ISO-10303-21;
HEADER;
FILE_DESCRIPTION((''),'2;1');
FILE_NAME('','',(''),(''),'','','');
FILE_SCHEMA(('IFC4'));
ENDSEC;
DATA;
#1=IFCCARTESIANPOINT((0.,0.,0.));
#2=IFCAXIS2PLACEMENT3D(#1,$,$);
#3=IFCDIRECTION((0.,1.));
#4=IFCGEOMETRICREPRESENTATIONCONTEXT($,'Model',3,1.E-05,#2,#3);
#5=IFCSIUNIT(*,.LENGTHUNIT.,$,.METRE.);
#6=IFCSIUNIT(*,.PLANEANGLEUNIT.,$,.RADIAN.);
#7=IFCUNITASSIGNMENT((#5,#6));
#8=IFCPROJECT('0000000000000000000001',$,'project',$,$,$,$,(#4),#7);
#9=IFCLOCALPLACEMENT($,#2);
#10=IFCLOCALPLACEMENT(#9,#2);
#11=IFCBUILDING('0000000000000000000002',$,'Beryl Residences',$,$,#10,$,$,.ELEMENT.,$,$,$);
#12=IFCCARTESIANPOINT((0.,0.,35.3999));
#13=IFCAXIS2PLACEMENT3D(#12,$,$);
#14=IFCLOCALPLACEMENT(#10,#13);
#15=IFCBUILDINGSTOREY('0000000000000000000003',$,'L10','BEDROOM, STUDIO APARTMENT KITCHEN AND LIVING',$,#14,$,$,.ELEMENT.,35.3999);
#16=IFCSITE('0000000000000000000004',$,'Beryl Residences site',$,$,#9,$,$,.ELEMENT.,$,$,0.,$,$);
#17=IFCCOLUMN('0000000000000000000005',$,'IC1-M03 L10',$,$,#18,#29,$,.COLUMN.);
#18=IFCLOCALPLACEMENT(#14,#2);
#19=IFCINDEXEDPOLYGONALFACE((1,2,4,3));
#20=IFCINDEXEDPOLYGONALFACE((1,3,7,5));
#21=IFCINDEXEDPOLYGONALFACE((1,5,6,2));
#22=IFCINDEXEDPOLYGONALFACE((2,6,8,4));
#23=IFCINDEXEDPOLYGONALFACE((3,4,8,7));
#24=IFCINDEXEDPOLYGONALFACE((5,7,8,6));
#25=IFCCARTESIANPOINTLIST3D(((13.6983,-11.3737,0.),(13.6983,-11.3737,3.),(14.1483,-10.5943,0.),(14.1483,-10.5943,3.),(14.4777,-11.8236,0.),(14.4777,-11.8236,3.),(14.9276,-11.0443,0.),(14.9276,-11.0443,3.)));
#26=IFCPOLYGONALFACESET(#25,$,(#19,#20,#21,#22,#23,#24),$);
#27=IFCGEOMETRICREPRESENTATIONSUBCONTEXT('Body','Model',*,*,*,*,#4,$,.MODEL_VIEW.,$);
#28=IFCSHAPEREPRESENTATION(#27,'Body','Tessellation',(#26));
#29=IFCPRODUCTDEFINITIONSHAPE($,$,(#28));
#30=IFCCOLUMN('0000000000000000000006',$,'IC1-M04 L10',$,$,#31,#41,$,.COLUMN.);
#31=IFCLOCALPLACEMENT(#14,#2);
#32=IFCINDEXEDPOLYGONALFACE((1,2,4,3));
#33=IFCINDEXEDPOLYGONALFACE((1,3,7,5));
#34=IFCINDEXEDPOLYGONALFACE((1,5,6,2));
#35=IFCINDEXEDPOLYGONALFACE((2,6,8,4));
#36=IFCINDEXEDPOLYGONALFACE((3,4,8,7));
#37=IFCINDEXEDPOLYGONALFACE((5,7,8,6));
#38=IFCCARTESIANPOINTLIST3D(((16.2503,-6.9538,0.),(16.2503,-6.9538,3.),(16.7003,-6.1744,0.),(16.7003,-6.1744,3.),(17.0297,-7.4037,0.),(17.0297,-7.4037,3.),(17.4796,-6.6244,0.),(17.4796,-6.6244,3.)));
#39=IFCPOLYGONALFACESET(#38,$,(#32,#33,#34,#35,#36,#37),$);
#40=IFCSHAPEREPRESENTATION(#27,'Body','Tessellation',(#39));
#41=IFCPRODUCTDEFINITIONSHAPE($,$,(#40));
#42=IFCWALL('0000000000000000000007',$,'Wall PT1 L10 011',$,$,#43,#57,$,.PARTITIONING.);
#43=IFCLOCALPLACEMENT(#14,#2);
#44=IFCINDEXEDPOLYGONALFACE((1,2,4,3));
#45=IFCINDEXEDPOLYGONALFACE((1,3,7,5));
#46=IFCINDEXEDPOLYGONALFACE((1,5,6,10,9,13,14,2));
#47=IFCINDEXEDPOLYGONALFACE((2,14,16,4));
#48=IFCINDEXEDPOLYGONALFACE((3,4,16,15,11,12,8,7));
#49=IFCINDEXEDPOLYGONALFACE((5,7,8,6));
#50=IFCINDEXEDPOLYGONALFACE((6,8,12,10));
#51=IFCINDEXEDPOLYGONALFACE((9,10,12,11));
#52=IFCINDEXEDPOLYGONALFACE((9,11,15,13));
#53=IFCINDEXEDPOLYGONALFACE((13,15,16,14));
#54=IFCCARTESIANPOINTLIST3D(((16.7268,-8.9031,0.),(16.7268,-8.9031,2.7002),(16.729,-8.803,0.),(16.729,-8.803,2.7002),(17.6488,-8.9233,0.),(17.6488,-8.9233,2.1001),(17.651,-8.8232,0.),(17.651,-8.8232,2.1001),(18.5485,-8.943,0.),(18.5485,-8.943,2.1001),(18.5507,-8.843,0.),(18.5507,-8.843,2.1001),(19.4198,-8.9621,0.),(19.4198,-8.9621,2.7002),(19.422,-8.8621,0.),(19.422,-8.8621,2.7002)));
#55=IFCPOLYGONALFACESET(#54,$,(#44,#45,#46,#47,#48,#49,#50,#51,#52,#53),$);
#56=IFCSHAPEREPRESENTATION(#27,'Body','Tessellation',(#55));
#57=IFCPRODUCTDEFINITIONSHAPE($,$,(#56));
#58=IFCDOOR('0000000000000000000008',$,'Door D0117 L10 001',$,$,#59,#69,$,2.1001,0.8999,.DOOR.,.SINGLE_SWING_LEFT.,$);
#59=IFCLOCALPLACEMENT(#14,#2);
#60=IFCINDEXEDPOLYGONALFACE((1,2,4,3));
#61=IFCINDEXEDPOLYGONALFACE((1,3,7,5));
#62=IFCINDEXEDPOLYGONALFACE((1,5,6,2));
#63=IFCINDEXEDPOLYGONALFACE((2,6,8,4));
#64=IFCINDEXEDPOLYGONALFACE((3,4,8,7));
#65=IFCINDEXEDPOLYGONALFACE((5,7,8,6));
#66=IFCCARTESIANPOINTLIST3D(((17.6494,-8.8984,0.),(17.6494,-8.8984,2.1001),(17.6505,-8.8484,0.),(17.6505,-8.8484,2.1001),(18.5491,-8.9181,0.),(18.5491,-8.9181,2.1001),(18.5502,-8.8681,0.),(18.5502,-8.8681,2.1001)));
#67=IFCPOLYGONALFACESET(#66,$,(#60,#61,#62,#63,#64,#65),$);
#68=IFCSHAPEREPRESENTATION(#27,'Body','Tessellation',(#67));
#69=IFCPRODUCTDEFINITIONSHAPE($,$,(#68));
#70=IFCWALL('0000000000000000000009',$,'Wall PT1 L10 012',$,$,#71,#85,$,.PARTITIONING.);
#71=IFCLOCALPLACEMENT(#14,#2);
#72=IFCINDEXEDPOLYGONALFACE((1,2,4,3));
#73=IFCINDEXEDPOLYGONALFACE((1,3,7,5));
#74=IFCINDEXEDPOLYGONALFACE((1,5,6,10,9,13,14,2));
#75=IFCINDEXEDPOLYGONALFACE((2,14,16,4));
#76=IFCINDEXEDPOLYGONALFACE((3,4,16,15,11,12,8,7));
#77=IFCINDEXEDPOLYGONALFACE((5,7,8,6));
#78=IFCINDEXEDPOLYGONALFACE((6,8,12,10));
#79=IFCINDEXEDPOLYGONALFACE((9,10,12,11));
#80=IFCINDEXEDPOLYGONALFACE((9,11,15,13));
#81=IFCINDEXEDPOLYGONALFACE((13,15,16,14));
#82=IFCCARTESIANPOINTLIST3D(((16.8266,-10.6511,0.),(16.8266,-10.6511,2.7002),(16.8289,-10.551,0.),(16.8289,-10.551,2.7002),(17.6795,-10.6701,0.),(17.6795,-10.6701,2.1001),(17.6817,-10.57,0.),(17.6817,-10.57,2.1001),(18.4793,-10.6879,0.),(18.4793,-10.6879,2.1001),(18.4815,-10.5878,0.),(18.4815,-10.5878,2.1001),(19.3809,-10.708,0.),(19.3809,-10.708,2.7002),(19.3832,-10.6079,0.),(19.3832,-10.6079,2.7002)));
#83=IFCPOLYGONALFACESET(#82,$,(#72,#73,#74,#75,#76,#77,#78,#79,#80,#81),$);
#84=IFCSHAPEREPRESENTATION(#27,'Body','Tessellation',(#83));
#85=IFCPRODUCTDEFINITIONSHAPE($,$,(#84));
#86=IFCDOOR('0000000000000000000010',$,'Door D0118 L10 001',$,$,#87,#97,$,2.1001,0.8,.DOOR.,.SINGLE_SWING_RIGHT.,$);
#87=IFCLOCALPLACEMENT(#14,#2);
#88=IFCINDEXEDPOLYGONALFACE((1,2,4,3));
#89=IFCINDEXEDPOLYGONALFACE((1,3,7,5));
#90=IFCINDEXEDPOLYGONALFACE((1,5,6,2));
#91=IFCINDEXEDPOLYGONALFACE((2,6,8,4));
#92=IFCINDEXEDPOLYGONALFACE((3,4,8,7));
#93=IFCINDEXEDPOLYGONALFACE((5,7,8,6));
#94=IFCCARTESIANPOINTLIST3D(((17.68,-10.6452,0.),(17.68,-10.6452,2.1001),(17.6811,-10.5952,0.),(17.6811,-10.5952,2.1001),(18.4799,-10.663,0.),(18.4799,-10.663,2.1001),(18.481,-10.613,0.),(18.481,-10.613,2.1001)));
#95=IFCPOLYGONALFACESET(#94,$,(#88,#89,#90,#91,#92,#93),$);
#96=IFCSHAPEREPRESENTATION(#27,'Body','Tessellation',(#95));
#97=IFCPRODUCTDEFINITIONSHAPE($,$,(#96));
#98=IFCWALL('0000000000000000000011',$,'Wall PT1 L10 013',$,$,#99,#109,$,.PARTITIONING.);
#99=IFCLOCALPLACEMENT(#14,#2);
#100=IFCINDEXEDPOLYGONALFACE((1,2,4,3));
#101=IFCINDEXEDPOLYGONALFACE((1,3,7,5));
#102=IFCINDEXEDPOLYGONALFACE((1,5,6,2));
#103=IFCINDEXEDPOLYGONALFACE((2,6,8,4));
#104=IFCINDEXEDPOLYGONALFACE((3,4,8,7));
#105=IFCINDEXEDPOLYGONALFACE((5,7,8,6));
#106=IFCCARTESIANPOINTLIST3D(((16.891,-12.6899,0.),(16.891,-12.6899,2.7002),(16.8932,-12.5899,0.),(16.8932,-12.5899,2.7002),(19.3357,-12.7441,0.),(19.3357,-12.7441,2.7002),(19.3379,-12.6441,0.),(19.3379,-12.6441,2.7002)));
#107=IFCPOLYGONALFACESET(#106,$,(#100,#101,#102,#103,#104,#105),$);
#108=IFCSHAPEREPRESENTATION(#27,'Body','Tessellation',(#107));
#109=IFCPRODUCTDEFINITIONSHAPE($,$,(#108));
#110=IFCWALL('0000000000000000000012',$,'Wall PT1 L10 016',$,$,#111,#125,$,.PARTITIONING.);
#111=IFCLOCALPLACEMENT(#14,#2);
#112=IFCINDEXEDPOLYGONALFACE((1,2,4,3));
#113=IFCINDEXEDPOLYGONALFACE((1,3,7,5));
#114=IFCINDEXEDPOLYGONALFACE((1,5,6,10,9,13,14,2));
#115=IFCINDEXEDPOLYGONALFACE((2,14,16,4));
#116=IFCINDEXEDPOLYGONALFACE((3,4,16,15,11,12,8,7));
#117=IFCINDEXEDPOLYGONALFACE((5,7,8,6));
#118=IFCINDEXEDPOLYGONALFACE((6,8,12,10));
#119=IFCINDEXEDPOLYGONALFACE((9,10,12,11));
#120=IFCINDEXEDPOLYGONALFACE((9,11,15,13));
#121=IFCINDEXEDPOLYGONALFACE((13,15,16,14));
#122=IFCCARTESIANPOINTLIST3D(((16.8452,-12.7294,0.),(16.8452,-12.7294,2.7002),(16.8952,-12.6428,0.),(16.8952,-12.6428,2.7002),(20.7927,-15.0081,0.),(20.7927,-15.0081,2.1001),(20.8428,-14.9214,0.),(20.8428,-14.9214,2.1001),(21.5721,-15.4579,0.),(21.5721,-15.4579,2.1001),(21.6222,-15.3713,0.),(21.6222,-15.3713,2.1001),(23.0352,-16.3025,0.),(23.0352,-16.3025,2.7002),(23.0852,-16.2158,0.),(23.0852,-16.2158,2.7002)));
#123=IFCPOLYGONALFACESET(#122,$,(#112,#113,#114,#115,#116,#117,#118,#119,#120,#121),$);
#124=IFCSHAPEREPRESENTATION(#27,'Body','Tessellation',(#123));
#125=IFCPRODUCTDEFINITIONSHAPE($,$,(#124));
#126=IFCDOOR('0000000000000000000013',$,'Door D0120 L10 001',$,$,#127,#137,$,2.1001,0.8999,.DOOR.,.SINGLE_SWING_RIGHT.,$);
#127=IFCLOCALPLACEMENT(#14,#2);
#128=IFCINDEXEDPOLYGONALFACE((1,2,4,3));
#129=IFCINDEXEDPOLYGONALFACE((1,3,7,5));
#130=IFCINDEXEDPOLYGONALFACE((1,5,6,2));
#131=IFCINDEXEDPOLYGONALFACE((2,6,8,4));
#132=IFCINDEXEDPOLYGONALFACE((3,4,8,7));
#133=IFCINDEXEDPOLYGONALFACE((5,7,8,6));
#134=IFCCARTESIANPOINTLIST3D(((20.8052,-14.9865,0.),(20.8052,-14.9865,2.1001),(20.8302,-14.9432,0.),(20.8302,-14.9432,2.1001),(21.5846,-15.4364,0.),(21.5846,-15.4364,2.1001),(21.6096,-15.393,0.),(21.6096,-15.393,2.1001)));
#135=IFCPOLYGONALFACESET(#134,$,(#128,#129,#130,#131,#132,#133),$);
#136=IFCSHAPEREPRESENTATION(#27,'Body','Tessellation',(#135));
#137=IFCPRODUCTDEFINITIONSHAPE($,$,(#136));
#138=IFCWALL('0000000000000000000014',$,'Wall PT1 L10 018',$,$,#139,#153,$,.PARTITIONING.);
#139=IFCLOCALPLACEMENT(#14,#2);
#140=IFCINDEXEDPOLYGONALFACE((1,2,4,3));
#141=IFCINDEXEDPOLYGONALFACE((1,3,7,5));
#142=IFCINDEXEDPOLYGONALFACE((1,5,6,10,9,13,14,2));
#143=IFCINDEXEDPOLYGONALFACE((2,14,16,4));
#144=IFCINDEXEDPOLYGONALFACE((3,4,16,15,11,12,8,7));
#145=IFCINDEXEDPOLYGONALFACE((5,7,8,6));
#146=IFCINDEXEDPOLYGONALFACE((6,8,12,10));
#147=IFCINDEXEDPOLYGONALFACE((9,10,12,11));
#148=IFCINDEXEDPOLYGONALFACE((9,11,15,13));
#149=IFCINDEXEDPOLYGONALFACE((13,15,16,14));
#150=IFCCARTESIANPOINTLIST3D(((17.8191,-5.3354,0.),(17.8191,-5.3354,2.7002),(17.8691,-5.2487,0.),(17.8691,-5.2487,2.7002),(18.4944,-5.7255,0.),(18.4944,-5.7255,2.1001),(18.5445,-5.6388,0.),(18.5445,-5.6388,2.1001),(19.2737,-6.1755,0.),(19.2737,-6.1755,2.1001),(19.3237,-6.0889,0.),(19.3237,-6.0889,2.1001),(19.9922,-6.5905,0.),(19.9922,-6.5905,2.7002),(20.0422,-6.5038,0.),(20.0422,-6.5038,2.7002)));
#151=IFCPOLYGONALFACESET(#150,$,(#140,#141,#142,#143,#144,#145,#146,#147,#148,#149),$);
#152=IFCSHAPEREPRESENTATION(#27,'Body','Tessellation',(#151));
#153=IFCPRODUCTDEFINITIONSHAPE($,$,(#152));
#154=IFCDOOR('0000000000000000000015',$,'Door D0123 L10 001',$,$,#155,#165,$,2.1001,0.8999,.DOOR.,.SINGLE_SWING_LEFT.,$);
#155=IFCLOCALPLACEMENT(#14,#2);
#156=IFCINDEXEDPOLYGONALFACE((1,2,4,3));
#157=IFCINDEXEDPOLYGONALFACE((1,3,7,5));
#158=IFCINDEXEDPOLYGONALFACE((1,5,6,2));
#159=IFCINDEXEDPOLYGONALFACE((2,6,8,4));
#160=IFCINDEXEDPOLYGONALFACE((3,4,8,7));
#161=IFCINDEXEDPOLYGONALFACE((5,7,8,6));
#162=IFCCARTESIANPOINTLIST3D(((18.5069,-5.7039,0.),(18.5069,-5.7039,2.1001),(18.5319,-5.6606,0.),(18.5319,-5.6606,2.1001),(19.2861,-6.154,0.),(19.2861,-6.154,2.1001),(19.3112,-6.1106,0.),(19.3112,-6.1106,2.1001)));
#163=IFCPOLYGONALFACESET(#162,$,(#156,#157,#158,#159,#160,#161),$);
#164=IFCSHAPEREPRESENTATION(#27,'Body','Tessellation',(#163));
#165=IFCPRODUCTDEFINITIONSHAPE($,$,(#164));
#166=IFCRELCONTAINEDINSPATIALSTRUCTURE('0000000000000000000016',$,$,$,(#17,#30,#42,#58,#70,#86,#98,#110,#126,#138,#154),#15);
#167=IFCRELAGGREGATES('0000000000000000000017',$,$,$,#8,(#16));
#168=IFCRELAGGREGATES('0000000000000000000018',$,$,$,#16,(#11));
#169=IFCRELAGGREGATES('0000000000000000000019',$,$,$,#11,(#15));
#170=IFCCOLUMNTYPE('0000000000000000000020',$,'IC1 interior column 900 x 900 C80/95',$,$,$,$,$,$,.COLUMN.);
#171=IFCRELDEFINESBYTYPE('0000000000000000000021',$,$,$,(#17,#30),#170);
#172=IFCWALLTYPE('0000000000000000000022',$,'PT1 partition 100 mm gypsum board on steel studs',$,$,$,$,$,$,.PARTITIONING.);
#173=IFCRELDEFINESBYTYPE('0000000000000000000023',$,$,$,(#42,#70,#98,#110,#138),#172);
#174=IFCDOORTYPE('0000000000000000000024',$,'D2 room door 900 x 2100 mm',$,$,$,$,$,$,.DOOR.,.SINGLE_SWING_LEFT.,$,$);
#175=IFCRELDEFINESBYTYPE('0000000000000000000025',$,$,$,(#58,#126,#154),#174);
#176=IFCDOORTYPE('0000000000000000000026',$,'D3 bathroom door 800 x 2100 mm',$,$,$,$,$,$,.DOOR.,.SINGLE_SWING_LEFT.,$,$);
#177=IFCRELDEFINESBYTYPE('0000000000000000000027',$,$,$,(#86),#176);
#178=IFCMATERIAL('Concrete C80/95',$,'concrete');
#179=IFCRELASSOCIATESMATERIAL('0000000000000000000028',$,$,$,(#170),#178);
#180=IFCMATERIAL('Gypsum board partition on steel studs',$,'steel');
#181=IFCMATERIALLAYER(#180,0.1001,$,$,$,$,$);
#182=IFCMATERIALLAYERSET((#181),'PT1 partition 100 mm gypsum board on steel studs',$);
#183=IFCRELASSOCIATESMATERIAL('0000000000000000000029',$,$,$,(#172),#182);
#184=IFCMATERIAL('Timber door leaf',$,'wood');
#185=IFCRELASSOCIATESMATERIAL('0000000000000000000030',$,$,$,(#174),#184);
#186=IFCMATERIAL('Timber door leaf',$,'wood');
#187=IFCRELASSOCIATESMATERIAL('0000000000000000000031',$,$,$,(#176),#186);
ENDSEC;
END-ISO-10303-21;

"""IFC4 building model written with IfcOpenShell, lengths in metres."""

from ifc_helpers import new_model, si_unit, direction, frame, frame_2d, origin, origin_2d, place, context, subcontext, project, spatial, rectangle, extrude, material, layer, layer_set, material_profile, profile_set, type_object, element, fill, save


model = new_model("IFC4")

# Units and contexts
model_context = context("Model", 3, precision=1e-05, world=origin(), true_north=direction((0.0, 1.0)))
body_context = subcontext(model_context, "Body", "Model", "MODEL_VIEW")
ifc_project = project(units=[si_unit("LENGTHUNIT", "METRE"), si_unit("PLANEANGLEUNIT", "RADIAN")], contexts=[model_context])

# Site, building, storey
site_placement = place(None, origin())
site = spatial("IfcSite", under=ifc_project, at=site_placement, Name="Beryl Residences site", CompositionType="ELEMENT", RefElevation=0.0)
building_placement = place(site_placement, origin())
building = spatial("IfcBuilding", under=site, at=building_placement, Name="Beryl Residences", CompositionType="ELEMENT")
storey_placement = place(building_placement, frame((0.0, 0.0, 35.3999)))
storey = spatial("IfcBuildingStorey", under=building, at=storey_placement, Name="L10", Description="BEDROOM, STUDIO APARTMENT KITCHEN AND LIVING", CompositionType="ELEMENT", Elevation=35.3999)

# Columns
ifc_material_1 = material(Name="Concrete C80/95", Category="concrete")
ifc_material_profile = material_profile(ifc_material_1, rectangle(XDim=0.8999, YDim=0.8999, at=origin_2d()))
ifc_profile_set = profile_set([ifc_material_profile], Name="Concrete C80/95")
column_type = type_object("IfcColumnType", Name="IC1 interior column 900 x 900 C80/95", PredefinedType="COLUMN", material=ifc_profile_set)
for number, where, z_axis, x_axis, name in (
    (1, (14.313, -11.209, 0.0), (0.0, 0.0, 1.0), (0.499985, 0.866034, 0.0), "IC1-M03 L10"),
    (2, (16.865, -6.7891, 0.0), (0.0, 0.0, 1.0), (0.499985, 0.866034, 0.0), "IC1-M04 L10"),
):
    element("IfcColumn", number, at=place(storey_placement, frame(where, z_axis=z_axis, x_axis=x_axis)), inside=storey, type_object=column_type, Name=name, PredefinedType="COLUMN", context=body_context, shape_type="SweptSolid", body=[
        extrude(rectangle(XDim=0.8999, YDim=0.8999, at=origin_2d()), origin(), (0.0, 0.0, 1.0), 3.0),
    ])

# Walls, openings, doors
ifc_material_2 = material(Name="Gypsum board partition on steel studs", Category="steel")
ifc_layer_1 = layer(ifc_material_2, 0.1001)
ifc_layer_set_1 = layer_set([ifc_layer_1], Name="PT1 partition 100 mm gypsum board on steel studs")
wall_type_1 = type_object("IfcWallType", Name="PT1 partition 100 mm gypsum board on steel studs", PredefinedType="PARTITIONING", material=ifc_layer_set_1)
wall_1_placement = place(storey_placement, frame((16.728, -8.853, 0.0), z_axis=(0.0, 0.0, 1.0), x_axis=(0.999759, -0.021935, 0.0)))
wall_1 = element("IfcWall", 3, at=wall_1_placement, inside=storey, type_object=wall_type_1, Name="Wall PT1 L10 011", PredefinedType="PARTITIONING", context=body_context, shape_type="SweptSolid", body=[
    extrude(rectangle(XDim=2.6936, YDim=0.1001, at=frame_2d((1.3467, 0.0))), origin(), (0.0, 0.0, 1.0), 2.7002),
])
opening_1_placement = place(wall_1_placement, frame((0.9221, 0.0, 0.0)))
opening_1 = element("IfcOpeningElement", 4, at=opening_1_placement, cuts=wall_1, PredefinedType="OPENING", context=body_context, shape_type="SweptSolid", body=[
    extrude(rectangle(XDim=0.8999, YDim=2.1001, at=frame_2d((0.45, 1.05))), frame((0.0, 0.0601, 0.0), z_axis=(0.0, -1.0, 0.0), x_axis=(1.0, 0.0, 0.0)), (0.0, 0.0, 1.0), 0.1201),
])
ifc_material_3 = material(Name="Timber door leaf", Category="wood")
door_type_1 = type_object("IfcDoorType", Name="D2 room door 900 x 2100 mm", OperationType="SINGLE_SWING_LEFT", PredefinedType="DOOR", material=ifc_material_3)
door_1_placement = place(opening_1_placement, origin())
door_1 = element("IfcDoor", 5, at=door_1_placement, inside=storey, type_object=door_type_1, Name="Door D0117 L10 001", OperationType="SINGLE_SWING_LEFT", OverallHeight=2.1001, OverallWidth=0.8999, PredefinedType="DOOR", context=body_context, shape_type="SweptSolid", body=[
    extrude(rectangle(XDim=0.8999, YDim=2.1001, at=frame_2d((0.45, 1.05))), frame((0.0, 0.0249, 0.0), z_axis=(0.0, -1.0, 0.0), x_axis=(1.0, 0.0, 0.0)), (0.0, 0.0, 1.0), 0.05),
])
fill(opening_1, door_1)
wall_2_placement = place(storey_placement, frame((16.8279, -10.6011, 0.0), z_axis=(0.0, 0.0, 1.0), x_axis=(0.999752, -0.022266, 0.0)))
wall_2 = element("IfcWall", 6, at=wall_2_placement, inside=storey, type_object=wall_type_1, Name="Wall PT1 L10 012", PredefinedType="PARTITIONING", context=body_context, shape_type="SweptSolid", body=[
    extrude(rectangle(XDim=2.5549, YDim=0.1001, at=frame_2d((1.2773, 0.0))), origin(), (0.0, 0.0, 1.0), 2.7002),
])
opening_2_placement = place(wall_2_placement, frame((0.853, 0.0, 0.0)))
opening_2 = element("IfcOpeningElement", 7, at=opening_2_placement, cuts=wall_2, PredefinedType="OPENING", context=body_context, shape_type="SweptSolid", body=[
    extrude(rectangle(XDim=0.8, YDim=2.1001, at=frame_2d((0.3999, 1.05))), frame((0.0, 0.0601, 0.0), z_axis=(0.0, -1.0, 0.0), x_axis=(1.0, 0.0, 0.0)), (0.0, 0.0, 1.0), 0.1201),
])
ifc_material_4 = material(Name="Timber door leaf", Category="wood")
door_type_2 = type_object("IfcDoorType", Name="D3 bathroom door 800 x 2100 mm", OperationType="SINGLE_SWING_LEFT", PredefinedType="DOOR", material=ifc_material_4)
door_2_placement = place(opening_2_placement, origin())
door_2 = element("IfcDoor", 8, at=door_2_placement, inside=storey, type_object=door_type_2, Name="Door D0118 L10 001", OperationType="SINGLE_SWING_RIGHT", OverallHeight=2.1001, OverallWidth=0.8, PredefinedType="DOOR", context=body_context, shape_type="SweptSolid", body=[
    extrude(rectangle(XDim=0.8, YDim=2.1001, at=frame_2d((0.3999, 1.05))), frame((0.0, 0.0249, 0.0), z_axis=(0.0, -1.0, 0.0), x_axis=(1.0, 0.0, 0.0)), (0.0, 0.0, 1.0), 0.05),
])
fill(opening_2, door_2)

# Wall
wall_3_placement = place(storey_placement, frame((16.8921, -12.6399, 0.0), z_axis=(0.0, 0.0, 1.0), x_axis=(0.999754, -0.022164, 0.0)))
element("IfcWall", 9, at=wall_3_placement, inside=storey, type_object=wall_type_1, Name="Wall PT1 L10 013", PredefinedType="PARTITIONING", context=body_context, shape_type="SweptSolid", body=[
    extrude(rectangle(XDim=2.4453, YDim=0.1001, at=frame_2d((1.2227, 0.0))), origin(), (0.0, 0.0, 1.0), 2.7002),
])

# Walls, openings, doors
wall_4_placement = place(storey_placement, frame((16.8701, -12.686, 0.0), z_axis=(0.0, 0.0, 1.0), x_axis=(0.866072, -0.49992, 0.0)))
wall_4 = element("IfcWall", 10, at=wall_4_placement, inside=storey, type_object=wall_type_1, Name="Wall PT1 L10 016", PredefinedType="PARTITIONING", context=body_context, shape_type="SweptSolid", body=[
    extrude(rectangle(XDim=7.1472, YDim=0.1001, at=frame_2d((3.5737, 0.0))), origin(), (0.0, 0.0, 1.0), 2.7002),
])
opening_3_placement = place(wall_4_placement, frame((4.5581, 0.0, 0.0)))
opening_3 = element("IfcOpeningElement", 11, at=opening_3_placement, cuts=wall_4, PredefinedType="OPENING", context=body_context, shape_type="SweptSolid", body=[
    extrude(rectangle(XDim=0.8999, YDim=2.1001, at=frame_2d((0.45, 1.05))), frame((0.0, 0.0601, 0.0), z_axis=(0.0, -1.0, 0.0), x_axis=(1.0, 0.0, 0.0)), (0.0, 0.0, 1.0), 0.1201),
])
door_3_placement = place(opening_3_placement, origin())
door_3 = element("IfcDoor", 12, at=door_3_placement, inside=storey, type_object=door_type_1, Name="Door D0120 L10 001", OperationType="SINGLE_SWING_RIGHT", OverallHeight=2.1001, OverallWidth=0.8999, PredefinedType="DOOR", context=body_context, shape_type="SweptSolid", body=[
    extrude(rectangle(XDim=0.8999, YDim=2.1001, at=frame_2d((0.45, 1.05))), frame((0.0, 0.0249, 0.0), z_axis=(0.0, -1.0, 0.0), x_axis=(1.0, 0.0, 0.0)), (0.0, 0.0, 1.0), 0.05),
])
fill(opening_3, door_3)
wall_5_placement = place(storey_placement, frame((17.844, -5.292, 0.0), z_axis=(0.0, 0.0, 1.0), x_axis=(0.865941, -0.500146, 0.0)))
wall_5 = element("IfcWall", 13, at=wall_5_placement, inside=storey, type_object=wall_type_1, Name="Wall PT1 L10 018", PredefinedType="PARTITIONING", context=body_context, shape_type="SweptSolid", body=[
    extrude(rectangle(XDim=2.5095, YDim=0.1001, at=frame_2d((1.2549, 0.0))), origin(), (0.0, 0.0, 1.0), 2.7002),
])
opening_4_placement = place(wall_5_placement, frame((0.78, 0.0, 0.0)))
opening_4 = element("IfcOpeningElement", 14, at=opening_4_placement, cuts=wall_5, PredefinedType="OPENING", context=body_context, shape_type="SweptSolid", body=[
    extrude(rectangle(XDim=0.8999, YDim=2.1001, at=frame_2d((0.45, 1.05))), frame((0.0, 0.0601, 0.0), z_axis=(0.0, -1.0, 0.0), x_axis=(1.0, 0.0, 0.0)), (0.0, 0.0, 1.0), 0.1201),
])
door_4_placement = place(opening_4_placement, origin())
door_4 = element("IfcDoor", 15, at=door_4_placement, inside=storey, type_object=door_type_1, Name="Door D0123 L10 001", OperationType="SINGLE_SWING_LEFT", OverallHeight=2.1001, OverallWidth=0.8999, PredefinedType="DOOR", context=body_context, shape_type="SweptSolid", body=[
    extrude(rectangle(XDim=0.8999, YDim=2.1001, at=frame_2d((0.45, 1.05))), frame((0.0, 0.0249, 0.0), z_axis=(0.0, -1.0, 0.0), x_axis=(1.0, 0.0, 0.0)), (0.0, 0.0, 1.0), 0.05),
])
fill(opening_4, door_4)

save(model, "model.ifc")
